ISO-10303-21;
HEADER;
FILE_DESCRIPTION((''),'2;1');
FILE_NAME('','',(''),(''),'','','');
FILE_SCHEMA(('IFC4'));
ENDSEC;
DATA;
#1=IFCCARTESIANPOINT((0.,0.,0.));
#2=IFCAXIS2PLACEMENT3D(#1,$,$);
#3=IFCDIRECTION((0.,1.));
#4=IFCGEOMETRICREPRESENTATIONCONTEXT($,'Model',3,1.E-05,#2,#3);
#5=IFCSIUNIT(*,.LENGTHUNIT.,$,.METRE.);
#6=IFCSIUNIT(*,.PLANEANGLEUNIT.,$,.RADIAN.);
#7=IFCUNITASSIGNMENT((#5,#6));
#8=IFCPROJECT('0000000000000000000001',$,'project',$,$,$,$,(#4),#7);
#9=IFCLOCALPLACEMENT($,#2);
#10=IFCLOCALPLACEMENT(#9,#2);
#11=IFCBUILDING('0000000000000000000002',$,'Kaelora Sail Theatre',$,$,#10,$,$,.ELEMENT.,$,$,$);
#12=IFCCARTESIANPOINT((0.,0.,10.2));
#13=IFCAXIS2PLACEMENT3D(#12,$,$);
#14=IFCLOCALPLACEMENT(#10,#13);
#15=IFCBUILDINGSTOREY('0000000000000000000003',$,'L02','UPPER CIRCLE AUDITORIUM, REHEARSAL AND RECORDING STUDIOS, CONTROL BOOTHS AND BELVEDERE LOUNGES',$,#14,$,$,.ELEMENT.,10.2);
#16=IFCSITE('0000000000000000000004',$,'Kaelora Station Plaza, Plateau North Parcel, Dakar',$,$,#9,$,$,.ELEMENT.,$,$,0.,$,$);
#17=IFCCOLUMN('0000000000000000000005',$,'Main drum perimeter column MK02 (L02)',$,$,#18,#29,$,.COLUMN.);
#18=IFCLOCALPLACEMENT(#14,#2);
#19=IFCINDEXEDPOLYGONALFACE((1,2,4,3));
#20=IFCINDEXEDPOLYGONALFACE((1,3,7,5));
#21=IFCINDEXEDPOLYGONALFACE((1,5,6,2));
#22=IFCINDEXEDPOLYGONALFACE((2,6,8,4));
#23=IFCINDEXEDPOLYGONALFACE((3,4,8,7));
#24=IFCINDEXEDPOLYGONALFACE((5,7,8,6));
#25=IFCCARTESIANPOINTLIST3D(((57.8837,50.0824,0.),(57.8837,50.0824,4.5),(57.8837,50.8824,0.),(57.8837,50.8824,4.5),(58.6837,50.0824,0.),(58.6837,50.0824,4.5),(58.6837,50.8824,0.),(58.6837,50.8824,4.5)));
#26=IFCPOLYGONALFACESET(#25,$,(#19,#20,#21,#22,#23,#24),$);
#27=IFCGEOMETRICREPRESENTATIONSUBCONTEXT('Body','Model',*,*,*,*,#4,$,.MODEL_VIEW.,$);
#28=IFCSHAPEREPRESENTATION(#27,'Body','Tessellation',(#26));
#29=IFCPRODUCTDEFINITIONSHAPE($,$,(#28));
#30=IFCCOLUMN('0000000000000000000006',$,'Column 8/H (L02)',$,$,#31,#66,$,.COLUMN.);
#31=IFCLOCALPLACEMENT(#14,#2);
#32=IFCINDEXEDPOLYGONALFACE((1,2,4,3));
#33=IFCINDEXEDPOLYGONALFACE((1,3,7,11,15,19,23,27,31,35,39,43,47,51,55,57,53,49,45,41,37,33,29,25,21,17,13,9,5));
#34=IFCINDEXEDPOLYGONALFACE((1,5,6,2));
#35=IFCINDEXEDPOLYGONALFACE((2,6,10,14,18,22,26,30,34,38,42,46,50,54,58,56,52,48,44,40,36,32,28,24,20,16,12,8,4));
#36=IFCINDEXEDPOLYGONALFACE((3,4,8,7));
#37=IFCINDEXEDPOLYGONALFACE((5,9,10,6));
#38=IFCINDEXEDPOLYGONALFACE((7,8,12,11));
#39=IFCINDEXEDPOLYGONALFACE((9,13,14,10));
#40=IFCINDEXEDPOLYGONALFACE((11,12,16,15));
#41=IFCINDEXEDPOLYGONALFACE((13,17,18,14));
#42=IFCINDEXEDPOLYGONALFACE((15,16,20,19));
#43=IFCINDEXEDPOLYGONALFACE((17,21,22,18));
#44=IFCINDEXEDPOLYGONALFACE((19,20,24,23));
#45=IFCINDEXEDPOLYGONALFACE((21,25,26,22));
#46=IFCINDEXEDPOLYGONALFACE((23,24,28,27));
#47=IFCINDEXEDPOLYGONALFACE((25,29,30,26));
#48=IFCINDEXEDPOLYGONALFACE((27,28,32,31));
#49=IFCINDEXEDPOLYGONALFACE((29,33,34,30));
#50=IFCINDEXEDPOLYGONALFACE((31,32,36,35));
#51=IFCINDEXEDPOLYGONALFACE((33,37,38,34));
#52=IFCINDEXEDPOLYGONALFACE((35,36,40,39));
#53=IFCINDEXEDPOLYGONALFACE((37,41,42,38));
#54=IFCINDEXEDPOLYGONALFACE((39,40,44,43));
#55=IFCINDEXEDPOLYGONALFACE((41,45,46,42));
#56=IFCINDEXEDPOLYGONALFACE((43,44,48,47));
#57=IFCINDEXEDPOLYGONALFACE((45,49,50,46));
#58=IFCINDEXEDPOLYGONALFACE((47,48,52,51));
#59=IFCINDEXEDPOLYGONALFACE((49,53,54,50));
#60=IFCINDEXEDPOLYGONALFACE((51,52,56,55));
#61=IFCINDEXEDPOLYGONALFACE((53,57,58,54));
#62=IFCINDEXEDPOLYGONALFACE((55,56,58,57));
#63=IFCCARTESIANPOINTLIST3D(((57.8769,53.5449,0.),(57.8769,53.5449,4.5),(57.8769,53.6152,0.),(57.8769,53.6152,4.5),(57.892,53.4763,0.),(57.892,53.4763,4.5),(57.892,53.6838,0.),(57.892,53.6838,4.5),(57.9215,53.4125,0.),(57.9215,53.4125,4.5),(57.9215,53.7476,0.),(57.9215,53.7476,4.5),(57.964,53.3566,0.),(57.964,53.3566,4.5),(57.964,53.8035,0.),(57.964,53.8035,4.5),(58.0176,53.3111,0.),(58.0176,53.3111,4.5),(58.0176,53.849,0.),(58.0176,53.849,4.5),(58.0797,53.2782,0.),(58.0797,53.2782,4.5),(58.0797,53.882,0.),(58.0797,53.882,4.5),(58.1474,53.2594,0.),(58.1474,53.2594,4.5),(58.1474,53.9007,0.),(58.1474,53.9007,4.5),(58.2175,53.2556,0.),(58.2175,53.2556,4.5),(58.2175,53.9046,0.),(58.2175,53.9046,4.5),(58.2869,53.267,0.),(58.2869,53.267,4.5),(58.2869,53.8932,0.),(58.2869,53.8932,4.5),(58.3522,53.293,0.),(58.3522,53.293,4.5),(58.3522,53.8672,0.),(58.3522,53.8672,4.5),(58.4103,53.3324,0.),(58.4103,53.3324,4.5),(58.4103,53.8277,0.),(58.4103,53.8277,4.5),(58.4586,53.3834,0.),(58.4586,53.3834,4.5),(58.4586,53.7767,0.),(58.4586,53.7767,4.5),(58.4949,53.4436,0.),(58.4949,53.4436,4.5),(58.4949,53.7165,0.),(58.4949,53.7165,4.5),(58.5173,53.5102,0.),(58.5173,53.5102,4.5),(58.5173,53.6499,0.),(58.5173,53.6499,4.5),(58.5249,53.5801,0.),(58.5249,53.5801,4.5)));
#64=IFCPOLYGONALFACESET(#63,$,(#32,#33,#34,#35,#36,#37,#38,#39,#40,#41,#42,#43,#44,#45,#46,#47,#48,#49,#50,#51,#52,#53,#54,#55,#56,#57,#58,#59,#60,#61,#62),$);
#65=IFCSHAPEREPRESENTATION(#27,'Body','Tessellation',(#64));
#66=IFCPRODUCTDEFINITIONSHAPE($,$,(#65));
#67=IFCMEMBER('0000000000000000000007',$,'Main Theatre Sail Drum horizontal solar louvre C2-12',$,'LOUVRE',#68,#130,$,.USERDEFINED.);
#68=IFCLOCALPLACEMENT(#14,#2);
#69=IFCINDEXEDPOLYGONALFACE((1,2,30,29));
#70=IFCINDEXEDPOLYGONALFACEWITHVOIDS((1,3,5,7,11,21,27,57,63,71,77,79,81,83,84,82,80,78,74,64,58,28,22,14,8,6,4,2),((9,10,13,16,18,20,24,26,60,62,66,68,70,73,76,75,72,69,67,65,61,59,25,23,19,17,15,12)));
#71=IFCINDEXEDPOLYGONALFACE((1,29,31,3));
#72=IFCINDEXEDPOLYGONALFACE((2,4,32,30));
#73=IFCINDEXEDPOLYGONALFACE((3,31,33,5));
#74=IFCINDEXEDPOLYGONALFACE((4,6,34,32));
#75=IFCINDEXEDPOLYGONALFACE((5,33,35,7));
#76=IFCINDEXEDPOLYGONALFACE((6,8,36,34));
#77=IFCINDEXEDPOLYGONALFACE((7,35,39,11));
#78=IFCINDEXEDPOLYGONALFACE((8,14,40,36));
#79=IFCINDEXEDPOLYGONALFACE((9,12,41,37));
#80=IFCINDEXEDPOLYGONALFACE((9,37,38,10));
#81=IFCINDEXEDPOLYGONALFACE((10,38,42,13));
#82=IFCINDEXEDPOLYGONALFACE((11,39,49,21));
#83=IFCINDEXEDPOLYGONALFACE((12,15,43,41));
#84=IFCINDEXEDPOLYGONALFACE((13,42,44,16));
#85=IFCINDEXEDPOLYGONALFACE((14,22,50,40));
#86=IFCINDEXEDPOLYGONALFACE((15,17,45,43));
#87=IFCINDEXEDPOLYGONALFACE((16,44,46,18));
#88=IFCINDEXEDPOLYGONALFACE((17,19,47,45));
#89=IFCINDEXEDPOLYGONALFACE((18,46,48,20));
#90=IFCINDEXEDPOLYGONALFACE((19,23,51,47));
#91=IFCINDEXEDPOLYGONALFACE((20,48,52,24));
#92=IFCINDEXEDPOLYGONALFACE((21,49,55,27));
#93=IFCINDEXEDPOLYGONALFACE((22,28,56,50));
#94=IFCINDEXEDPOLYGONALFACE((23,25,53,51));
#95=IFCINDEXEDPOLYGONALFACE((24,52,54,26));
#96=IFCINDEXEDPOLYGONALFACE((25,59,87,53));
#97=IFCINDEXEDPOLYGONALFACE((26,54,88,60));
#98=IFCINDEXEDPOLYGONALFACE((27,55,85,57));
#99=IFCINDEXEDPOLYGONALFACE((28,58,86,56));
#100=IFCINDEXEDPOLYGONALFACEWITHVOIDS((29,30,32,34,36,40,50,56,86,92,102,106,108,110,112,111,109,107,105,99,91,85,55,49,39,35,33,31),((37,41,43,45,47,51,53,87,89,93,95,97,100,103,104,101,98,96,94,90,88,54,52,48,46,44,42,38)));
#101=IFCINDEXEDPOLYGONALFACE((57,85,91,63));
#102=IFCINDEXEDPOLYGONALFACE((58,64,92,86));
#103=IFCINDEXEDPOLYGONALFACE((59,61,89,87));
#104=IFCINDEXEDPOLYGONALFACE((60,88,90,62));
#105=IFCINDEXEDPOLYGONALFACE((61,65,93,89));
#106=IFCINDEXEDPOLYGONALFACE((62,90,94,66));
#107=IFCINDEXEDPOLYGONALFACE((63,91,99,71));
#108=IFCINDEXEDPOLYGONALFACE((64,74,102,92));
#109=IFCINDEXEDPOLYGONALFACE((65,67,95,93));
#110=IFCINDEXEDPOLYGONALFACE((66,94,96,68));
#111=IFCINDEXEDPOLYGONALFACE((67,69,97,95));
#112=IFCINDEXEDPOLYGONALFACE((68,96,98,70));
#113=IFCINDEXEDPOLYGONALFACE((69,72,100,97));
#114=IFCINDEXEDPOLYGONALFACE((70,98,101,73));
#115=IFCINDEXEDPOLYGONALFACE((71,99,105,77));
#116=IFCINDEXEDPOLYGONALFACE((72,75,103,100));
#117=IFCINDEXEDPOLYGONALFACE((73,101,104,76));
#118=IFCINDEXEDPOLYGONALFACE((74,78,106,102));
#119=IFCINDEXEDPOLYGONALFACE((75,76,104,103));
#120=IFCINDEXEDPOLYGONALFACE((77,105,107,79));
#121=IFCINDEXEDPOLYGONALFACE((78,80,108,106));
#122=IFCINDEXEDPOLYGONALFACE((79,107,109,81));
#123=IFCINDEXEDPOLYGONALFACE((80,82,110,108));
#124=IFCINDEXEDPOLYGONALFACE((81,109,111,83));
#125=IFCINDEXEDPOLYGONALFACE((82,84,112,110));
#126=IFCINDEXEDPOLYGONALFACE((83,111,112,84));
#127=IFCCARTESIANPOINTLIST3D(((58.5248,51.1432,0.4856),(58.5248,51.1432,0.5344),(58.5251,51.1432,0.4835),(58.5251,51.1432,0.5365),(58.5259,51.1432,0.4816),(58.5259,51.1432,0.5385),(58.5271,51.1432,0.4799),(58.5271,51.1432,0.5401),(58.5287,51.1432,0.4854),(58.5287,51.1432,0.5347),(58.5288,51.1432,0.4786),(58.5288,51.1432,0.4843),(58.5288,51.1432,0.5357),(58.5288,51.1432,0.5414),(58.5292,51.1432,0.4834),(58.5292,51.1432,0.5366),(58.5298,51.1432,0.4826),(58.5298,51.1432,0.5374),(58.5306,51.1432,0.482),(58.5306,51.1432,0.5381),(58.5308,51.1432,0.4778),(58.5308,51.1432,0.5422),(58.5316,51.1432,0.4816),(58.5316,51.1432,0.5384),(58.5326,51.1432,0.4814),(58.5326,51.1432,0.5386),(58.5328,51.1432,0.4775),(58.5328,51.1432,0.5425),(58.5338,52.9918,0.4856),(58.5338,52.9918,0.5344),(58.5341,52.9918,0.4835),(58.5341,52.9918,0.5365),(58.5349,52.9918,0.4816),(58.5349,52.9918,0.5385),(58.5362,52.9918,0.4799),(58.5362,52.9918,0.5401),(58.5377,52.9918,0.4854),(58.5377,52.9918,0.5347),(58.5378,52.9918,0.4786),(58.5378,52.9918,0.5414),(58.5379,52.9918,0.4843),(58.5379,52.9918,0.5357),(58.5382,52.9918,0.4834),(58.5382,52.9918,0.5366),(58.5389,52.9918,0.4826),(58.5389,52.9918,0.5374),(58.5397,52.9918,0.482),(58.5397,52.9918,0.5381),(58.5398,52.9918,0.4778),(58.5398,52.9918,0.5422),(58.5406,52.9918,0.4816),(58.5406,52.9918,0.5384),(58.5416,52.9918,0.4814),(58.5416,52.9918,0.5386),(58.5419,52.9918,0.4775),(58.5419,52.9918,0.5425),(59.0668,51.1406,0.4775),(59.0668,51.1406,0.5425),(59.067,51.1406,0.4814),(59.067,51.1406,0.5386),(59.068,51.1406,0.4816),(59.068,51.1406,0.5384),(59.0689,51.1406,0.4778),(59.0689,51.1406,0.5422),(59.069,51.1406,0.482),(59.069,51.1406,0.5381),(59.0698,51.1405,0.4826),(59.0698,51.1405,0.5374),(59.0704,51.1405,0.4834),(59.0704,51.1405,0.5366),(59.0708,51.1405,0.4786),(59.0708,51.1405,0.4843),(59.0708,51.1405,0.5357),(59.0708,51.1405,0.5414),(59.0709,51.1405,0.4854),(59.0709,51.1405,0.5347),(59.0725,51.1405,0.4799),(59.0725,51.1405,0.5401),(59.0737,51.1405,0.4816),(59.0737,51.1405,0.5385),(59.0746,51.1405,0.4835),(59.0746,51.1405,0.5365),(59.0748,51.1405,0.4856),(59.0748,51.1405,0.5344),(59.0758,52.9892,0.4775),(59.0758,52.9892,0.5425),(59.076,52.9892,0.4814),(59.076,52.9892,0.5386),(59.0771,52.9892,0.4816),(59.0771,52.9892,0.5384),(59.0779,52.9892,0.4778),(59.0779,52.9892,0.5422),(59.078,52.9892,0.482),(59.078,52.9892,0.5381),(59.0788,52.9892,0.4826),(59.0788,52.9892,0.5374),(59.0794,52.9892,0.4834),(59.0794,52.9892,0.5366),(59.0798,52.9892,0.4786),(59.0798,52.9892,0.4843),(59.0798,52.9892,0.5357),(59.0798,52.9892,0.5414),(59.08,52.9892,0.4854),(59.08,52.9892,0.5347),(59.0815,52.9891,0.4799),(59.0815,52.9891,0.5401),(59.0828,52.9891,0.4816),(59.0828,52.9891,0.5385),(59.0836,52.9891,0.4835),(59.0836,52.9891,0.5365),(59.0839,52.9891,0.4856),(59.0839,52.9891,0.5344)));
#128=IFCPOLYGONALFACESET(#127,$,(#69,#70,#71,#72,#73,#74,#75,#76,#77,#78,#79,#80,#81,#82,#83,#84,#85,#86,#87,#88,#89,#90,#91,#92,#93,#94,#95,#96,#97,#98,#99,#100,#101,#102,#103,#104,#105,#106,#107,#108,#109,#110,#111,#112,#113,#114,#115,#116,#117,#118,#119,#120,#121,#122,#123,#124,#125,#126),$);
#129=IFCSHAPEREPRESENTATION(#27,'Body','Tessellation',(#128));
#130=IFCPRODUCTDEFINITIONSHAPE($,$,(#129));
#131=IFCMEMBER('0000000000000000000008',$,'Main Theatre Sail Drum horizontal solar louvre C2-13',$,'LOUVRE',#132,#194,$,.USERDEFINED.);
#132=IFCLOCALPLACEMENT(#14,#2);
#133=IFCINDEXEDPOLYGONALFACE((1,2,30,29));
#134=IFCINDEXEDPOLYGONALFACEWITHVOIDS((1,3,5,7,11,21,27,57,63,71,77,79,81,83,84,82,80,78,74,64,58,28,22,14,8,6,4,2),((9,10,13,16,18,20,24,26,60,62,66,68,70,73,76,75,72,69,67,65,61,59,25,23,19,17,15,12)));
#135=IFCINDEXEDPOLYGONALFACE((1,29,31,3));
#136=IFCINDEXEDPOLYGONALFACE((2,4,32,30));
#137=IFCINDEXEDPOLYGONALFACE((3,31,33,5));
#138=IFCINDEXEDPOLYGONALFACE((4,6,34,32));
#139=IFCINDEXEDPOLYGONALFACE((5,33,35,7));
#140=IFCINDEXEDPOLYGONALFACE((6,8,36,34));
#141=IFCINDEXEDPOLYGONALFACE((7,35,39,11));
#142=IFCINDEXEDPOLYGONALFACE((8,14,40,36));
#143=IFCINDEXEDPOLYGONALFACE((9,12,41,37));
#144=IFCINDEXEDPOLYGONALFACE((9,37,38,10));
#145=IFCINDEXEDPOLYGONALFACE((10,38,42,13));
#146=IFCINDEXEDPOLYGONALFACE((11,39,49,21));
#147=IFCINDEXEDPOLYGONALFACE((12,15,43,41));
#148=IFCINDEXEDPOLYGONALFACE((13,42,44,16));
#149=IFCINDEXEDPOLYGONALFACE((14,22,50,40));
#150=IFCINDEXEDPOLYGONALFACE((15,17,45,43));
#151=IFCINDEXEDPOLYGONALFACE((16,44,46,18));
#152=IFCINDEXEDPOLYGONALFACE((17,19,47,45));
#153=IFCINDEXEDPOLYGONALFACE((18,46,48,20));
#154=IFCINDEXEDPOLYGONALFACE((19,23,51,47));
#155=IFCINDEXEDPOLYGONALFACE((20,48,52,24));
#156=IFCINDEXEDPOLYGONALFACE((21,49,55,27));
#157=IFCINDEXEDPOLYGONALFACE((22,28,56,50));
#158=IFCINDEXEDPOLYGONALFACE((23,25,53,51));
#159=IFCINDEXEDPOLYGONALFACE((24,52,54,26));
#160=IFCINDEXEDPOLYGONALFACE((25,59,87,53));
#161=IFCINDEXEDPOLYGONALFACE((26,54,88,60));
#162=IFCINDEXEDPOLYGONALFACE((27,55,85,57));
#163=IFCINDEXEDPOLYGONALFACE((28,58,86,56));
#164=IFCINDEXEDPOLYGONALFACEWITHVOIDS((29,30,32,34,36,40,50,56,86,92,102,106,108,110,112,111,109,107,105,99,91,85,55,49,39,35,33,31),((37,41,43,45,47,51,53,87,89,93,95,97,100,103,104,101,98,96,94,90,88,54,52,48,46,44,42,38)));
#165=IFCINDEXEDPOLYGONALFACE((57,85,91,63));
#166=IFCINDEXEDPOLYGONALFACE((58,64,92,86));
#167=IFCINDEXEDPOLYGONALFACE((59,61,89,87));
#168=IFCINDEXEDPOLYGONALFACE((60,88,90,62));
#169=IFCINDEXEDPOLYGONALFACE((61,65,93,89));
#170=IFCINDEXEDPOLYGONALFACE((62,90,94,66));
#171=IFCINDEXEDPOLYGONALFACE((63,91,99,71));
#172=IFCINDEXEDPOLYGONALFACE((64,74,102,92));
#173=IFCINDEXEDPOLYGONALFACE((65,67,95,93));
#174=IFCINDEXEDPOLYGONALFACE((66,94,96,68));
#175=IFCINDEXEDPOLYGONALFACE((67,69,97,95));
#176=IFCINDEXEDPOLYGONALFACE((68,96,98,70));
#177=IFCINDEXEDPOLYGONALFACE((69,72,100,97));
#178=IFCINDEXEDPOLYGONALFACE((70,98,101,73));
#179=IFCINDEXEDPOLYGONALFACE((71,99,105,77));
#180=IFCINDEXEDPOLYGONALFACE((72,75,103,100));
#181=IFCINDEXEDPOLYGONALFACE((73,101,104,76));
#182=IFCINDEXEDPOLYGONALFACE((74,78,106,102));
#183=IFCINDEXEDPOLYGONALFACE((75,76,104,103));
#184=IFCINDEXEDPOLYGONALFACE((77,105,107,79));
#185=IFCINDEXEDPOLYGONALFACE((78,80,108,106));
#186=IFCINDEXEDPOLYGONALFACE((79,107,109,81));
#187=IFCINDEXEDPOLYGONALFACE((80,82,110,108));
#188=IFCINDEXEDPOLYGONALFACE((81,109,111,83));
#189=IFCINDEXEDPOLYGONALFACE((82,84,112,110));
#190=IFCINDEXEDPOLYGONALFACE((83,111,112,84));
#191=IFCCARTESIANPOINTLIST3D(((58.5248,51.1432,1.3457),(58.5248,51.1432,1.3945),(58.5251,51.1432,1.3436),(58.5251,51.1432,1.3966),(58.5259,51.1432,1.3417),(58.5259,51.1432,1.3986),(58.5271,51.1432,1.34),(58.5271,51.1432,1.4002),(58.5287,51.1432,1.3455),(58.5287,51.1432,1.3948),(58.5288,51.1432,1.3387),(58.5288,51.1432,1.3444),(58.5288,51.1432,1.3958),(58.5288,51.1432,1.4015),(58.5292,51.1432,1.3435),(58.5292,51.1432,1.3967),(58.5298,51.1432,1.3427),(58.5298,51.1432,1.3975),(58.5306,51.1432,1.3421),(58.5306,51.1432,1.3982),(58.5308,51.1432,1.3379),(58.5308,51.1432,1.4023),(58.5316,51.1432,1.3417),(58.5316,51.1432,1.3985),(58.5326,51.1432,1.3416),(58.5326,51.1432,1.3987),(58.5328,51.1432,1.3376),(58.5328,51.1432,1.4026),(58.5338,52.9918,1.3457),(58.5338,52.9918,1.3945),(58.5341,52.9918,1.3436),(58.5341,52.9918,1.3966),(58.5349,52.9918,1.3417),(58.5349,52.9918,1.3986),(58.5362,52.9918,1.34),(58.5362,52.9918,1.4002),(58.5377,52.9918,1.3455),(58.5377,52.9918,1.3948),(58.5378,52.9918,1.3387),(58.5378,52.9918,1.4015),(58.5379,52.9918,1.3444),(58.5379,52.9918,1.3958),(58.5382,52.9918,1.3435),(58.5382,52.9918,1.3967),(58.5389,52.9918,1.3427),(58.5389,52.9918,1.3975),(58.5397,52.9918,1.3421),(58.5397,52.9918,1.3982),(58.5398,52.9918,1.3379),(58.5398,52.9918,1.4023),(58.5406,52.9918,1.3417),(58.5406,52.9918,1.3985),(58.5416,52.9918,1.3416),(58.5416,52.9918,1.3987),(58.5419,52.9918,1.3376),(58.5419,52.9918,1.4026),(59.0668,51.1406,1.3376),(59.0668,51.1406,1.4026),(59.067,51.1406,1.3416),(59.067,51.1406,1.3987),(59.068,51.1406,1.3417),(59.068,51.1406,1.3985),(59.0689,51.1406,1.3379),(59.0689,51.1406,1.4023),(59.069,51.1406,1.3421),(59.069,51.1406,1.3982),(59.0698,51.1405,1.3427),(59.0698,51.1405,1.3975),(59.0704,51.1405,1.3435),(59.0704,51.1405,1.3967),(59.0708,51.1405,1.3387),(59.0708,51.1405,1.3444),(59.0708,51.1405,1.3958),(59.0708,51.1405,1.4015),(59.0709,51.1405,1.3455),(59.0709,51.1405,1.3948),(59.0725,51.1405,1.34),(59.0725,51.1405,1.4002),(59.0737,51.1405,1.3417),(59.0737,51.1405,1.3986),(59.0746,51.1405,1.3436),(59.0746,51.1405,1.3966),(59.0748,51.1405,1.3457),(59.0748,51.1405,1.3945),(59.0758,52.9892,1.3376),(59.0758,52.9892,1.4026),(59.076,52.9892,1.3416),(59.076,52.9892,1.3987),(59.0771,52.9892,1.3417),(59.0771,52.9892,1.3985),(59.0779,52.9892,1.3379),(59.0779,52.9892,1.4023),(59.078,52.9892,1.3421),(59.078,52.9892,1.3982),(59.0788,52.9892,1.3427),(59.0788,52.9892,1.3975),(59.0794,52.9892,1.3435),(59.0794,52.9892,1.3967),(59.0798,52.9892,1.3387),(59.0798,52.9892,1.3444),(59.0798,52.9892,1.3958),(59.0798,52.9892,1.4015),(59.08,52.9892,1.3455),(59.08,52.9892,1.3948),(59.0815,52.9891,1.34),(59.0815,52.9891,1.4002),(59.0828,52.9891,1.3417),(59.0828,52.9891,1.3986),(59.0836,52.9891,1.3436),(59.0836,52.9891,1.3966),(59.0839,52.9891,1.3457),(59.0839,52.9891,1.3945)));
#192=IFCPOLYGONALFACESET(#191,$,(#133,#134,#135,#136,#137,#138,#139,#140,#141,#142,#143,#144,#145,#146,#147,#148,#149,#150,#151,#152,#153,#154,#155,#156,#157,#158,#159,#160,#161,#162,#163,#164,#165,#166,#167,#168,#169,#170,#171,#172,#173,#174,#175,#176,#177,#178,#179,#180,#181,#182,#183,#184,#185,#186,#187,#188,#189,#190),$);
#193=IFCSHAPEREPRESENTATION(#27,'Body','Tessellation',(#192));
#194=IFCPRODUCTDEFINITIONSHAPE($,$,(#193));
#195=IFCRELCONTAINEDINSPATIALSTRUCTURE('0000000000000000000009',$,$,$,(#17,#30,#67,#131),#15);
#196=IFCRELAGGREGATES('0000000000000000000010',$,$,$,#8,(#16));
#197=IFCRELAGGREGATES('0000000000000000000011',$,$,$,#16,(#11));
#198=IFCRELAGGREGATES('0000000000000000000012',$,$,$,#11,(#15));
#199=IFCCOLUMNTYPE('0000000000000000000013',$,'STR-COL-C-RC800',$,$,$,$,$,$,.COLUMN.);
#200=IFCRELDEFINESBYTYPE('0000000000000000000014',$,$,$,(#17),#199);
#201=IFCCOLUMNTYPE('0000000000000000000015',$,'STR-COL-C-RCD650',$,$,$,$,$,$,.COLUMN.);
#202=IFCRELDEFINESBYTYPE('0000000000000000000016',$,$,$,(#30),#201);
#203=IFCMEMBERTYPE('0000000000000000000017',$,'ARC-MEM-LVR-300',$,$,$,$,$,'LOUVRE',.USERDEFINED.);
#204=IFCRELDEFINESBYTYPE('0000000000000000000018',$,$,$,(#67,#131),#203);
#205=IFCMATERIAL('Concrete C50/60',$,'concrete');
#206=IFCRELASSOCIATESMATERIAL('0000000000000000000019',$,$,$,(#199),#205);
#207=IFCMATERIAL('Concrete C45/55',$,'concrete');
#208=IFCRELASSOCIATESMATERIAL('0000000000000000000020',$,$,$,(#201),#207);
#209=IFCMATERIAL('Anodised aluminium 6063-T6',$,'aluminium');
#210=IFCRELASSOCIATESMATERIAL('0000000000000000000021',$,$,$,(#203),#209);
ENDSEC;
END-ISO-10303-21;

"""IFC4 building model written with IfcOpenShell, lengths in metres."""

from ifc_helpers import new_model, si_unit, direction, frame, origin, origin_2d, place, context, subcontext, project, spatial, rectangle, hollow_rectangle, circle, extrude, material, material_profile, profile_set, type_object, element, save


model = new_model("IFC4")

# Units and contexts
model_context = context("Model", 3, precision=1e-05, world=origin(), true_north=direction((0.0, 1.0)))
body_context = subcontext(model_context, "Body", "Model", "MODEL_VIEW")
ifc_project = project(units=[si_unit("LENGTHUNIT", "METRE"), si_unit("PLANEANGLEUNIT", "RADIAN")], contexts=[model_context])

# Site, building, storey
site_placement = place(None, origin())
site = spatial("IfcSite", under=ifc_project, at=site_placement, Name="Kaelora Station Plaza, Plateau North Parcel, Dakar", CompositionType="ELEMENT", RefElevation=0.0)
building_placement = place(site_placement, origin())
building = spatial("IfcBuilding", under=site, at=building_placement, Name="Kaelora Sail Theatre", CompositionType="ELEMENT")
storey_placement = place(building_placement, frame((0.0, 0.0, 10.2)))
storey = spatial("IfcBuildingStorey", under=building, at=storey_placement, Name="L02", Description="UPPER CIRCLE AUDITORIUM, REHEARSAL AND RECORDING STUDIOS, CONTROL BOOTHS AND BELVEDERE LOUNGES", CompositionType="ELEMENT", Elevation=10.2)

# Columns
ifc_material_1 = material(Name="Concrete C50/60", Category="concrete")
ifc_material_profile_1 = material_profile(ifc_material_1, rectangle(XDim=0.8, YDim=0.8, at=origin_2d()), Name="RC-COL 800x800")
ifc_profile_set_1 = profile_set([ifc_material_profile_1], Name="Concrete C50/60")
column_type_1 = type_object("IfcColumnType", Name="STR-COL-C-RC800", PredefinedType="COLUMN", material=ifc_profile_set_1)
column_1_placement = place(storey_placement, frame((58.2837, 50.4824, 0.0), z_axis=(0.0, 0.0, 1.0), x_axis=(1.0, 0.0, 0.0)))
element("IfcColumn", 1, at=column_1_placement, inside=storey, type_object=column_type_1, Name="Main drum perimeter column MK02 (L02)", PredefinedType="COLUMN", context=body_context, shape_type="SweptSolid", body=[
    extrude(rectangle(XDim=0.8, YDim=0.8, at=origin_2d()), origin(), (0.0, 0.0, 1.0), 4.5),
])
ifc_material_2 = material(Name="Concrete C45/55", Category="concrete")
ifc_material_profile_2 = material_profile(ifc_material_2, circle(Radius=0.325, at=origin_2d()), Name="RC-CCOL D650")
ifc_profile_set_2 = profile_set([ifc_material_profile_2], Name="Concrete C45/55")
column_type_2 = type_object("IfcColumnType", Name="STR-COL-C-RCD650", PredefinedType="COLUMN", material=ifc_profile_set_2)
column_2_placement = place(storey_placement, frame((58.2, 53.5801, 0.0), z_axis=(0.0, 0.0, 1.0), x_axis=(1.0, 0.0, 0.0)))
element("IfcColumn", 2, at=column_2_placement, inside=storey, type_object=column_type_2, Name="Column 8/H (L02)", PredefinedType="COLUMN", context=body_context, shape_type="SweptSolid", body=[
    extrude(circle(Radius=0.325, at=origin_2d()), origin(), (0.0, 0.0, 1.0), 4.5),
])

# Members
ifc_material_3 = material(Name="Anodised aluminium 6063-T6", Category="aluminium")
ifc_material_profile_3 = material_profile(ifc_material_3, hollow_rectangle(XDim=0.55, YDim=0.0649, WallThickness=0.0039, InnerFilletRadius=0.0039, OuterFilletRadius=0.0081, at=origin_2d()), Name="LOUVRE 550x65x4")
ifc_profile_set_3 = profile_set([ifc_material_profile_3], Name="Anodised aluminium 6063-T6")
member_type_1 = type_object("IfcMemberType", Name="ARC-MEM-LVR-300", ElementType="LOUVRE", PredefinedType="USERDEFINED", material=ifc_profile_set_3)
for number, where, z_axis, x_axis, name in (
    (3, (58.8088, 52.9905, 0.51), (-0.004886, -0.999988, 0.0), (0.999988, -0.004886, 0.0), "Main Theatre Sail Drum horizontal solar louvre C2-12"),
    (4, (58.8088, 52.9905, 1.3701), (-0.004886, -0.999988, 0.0), (0.999988, -0.004886, 0.0), "Main Theatre Sail Drum horizontal solar louvre C2-13"),
):
    element("IfcMember", number, at=place(storey_placement, frame(where, z_axis=z_axis, x_axis=x_axis)), inside=storey, type_object=member_type_1, Name=name, ObjectType="LOUVRE", PredefinedType="USERDEFINED", context=body_context, shape_type="SweptSolid", body=[
        extrude(hollow_rectangle(XDim=0.55, YDim=0.0649, WallThickness=0.0039, InnerFilletRadius=0.0039, OuterFilletRadius=0.0081, at=origin_2d()), origin(), (0.0, 0.0, 1.0), 1.8486),
    ])

save(model, "model.ifc")
